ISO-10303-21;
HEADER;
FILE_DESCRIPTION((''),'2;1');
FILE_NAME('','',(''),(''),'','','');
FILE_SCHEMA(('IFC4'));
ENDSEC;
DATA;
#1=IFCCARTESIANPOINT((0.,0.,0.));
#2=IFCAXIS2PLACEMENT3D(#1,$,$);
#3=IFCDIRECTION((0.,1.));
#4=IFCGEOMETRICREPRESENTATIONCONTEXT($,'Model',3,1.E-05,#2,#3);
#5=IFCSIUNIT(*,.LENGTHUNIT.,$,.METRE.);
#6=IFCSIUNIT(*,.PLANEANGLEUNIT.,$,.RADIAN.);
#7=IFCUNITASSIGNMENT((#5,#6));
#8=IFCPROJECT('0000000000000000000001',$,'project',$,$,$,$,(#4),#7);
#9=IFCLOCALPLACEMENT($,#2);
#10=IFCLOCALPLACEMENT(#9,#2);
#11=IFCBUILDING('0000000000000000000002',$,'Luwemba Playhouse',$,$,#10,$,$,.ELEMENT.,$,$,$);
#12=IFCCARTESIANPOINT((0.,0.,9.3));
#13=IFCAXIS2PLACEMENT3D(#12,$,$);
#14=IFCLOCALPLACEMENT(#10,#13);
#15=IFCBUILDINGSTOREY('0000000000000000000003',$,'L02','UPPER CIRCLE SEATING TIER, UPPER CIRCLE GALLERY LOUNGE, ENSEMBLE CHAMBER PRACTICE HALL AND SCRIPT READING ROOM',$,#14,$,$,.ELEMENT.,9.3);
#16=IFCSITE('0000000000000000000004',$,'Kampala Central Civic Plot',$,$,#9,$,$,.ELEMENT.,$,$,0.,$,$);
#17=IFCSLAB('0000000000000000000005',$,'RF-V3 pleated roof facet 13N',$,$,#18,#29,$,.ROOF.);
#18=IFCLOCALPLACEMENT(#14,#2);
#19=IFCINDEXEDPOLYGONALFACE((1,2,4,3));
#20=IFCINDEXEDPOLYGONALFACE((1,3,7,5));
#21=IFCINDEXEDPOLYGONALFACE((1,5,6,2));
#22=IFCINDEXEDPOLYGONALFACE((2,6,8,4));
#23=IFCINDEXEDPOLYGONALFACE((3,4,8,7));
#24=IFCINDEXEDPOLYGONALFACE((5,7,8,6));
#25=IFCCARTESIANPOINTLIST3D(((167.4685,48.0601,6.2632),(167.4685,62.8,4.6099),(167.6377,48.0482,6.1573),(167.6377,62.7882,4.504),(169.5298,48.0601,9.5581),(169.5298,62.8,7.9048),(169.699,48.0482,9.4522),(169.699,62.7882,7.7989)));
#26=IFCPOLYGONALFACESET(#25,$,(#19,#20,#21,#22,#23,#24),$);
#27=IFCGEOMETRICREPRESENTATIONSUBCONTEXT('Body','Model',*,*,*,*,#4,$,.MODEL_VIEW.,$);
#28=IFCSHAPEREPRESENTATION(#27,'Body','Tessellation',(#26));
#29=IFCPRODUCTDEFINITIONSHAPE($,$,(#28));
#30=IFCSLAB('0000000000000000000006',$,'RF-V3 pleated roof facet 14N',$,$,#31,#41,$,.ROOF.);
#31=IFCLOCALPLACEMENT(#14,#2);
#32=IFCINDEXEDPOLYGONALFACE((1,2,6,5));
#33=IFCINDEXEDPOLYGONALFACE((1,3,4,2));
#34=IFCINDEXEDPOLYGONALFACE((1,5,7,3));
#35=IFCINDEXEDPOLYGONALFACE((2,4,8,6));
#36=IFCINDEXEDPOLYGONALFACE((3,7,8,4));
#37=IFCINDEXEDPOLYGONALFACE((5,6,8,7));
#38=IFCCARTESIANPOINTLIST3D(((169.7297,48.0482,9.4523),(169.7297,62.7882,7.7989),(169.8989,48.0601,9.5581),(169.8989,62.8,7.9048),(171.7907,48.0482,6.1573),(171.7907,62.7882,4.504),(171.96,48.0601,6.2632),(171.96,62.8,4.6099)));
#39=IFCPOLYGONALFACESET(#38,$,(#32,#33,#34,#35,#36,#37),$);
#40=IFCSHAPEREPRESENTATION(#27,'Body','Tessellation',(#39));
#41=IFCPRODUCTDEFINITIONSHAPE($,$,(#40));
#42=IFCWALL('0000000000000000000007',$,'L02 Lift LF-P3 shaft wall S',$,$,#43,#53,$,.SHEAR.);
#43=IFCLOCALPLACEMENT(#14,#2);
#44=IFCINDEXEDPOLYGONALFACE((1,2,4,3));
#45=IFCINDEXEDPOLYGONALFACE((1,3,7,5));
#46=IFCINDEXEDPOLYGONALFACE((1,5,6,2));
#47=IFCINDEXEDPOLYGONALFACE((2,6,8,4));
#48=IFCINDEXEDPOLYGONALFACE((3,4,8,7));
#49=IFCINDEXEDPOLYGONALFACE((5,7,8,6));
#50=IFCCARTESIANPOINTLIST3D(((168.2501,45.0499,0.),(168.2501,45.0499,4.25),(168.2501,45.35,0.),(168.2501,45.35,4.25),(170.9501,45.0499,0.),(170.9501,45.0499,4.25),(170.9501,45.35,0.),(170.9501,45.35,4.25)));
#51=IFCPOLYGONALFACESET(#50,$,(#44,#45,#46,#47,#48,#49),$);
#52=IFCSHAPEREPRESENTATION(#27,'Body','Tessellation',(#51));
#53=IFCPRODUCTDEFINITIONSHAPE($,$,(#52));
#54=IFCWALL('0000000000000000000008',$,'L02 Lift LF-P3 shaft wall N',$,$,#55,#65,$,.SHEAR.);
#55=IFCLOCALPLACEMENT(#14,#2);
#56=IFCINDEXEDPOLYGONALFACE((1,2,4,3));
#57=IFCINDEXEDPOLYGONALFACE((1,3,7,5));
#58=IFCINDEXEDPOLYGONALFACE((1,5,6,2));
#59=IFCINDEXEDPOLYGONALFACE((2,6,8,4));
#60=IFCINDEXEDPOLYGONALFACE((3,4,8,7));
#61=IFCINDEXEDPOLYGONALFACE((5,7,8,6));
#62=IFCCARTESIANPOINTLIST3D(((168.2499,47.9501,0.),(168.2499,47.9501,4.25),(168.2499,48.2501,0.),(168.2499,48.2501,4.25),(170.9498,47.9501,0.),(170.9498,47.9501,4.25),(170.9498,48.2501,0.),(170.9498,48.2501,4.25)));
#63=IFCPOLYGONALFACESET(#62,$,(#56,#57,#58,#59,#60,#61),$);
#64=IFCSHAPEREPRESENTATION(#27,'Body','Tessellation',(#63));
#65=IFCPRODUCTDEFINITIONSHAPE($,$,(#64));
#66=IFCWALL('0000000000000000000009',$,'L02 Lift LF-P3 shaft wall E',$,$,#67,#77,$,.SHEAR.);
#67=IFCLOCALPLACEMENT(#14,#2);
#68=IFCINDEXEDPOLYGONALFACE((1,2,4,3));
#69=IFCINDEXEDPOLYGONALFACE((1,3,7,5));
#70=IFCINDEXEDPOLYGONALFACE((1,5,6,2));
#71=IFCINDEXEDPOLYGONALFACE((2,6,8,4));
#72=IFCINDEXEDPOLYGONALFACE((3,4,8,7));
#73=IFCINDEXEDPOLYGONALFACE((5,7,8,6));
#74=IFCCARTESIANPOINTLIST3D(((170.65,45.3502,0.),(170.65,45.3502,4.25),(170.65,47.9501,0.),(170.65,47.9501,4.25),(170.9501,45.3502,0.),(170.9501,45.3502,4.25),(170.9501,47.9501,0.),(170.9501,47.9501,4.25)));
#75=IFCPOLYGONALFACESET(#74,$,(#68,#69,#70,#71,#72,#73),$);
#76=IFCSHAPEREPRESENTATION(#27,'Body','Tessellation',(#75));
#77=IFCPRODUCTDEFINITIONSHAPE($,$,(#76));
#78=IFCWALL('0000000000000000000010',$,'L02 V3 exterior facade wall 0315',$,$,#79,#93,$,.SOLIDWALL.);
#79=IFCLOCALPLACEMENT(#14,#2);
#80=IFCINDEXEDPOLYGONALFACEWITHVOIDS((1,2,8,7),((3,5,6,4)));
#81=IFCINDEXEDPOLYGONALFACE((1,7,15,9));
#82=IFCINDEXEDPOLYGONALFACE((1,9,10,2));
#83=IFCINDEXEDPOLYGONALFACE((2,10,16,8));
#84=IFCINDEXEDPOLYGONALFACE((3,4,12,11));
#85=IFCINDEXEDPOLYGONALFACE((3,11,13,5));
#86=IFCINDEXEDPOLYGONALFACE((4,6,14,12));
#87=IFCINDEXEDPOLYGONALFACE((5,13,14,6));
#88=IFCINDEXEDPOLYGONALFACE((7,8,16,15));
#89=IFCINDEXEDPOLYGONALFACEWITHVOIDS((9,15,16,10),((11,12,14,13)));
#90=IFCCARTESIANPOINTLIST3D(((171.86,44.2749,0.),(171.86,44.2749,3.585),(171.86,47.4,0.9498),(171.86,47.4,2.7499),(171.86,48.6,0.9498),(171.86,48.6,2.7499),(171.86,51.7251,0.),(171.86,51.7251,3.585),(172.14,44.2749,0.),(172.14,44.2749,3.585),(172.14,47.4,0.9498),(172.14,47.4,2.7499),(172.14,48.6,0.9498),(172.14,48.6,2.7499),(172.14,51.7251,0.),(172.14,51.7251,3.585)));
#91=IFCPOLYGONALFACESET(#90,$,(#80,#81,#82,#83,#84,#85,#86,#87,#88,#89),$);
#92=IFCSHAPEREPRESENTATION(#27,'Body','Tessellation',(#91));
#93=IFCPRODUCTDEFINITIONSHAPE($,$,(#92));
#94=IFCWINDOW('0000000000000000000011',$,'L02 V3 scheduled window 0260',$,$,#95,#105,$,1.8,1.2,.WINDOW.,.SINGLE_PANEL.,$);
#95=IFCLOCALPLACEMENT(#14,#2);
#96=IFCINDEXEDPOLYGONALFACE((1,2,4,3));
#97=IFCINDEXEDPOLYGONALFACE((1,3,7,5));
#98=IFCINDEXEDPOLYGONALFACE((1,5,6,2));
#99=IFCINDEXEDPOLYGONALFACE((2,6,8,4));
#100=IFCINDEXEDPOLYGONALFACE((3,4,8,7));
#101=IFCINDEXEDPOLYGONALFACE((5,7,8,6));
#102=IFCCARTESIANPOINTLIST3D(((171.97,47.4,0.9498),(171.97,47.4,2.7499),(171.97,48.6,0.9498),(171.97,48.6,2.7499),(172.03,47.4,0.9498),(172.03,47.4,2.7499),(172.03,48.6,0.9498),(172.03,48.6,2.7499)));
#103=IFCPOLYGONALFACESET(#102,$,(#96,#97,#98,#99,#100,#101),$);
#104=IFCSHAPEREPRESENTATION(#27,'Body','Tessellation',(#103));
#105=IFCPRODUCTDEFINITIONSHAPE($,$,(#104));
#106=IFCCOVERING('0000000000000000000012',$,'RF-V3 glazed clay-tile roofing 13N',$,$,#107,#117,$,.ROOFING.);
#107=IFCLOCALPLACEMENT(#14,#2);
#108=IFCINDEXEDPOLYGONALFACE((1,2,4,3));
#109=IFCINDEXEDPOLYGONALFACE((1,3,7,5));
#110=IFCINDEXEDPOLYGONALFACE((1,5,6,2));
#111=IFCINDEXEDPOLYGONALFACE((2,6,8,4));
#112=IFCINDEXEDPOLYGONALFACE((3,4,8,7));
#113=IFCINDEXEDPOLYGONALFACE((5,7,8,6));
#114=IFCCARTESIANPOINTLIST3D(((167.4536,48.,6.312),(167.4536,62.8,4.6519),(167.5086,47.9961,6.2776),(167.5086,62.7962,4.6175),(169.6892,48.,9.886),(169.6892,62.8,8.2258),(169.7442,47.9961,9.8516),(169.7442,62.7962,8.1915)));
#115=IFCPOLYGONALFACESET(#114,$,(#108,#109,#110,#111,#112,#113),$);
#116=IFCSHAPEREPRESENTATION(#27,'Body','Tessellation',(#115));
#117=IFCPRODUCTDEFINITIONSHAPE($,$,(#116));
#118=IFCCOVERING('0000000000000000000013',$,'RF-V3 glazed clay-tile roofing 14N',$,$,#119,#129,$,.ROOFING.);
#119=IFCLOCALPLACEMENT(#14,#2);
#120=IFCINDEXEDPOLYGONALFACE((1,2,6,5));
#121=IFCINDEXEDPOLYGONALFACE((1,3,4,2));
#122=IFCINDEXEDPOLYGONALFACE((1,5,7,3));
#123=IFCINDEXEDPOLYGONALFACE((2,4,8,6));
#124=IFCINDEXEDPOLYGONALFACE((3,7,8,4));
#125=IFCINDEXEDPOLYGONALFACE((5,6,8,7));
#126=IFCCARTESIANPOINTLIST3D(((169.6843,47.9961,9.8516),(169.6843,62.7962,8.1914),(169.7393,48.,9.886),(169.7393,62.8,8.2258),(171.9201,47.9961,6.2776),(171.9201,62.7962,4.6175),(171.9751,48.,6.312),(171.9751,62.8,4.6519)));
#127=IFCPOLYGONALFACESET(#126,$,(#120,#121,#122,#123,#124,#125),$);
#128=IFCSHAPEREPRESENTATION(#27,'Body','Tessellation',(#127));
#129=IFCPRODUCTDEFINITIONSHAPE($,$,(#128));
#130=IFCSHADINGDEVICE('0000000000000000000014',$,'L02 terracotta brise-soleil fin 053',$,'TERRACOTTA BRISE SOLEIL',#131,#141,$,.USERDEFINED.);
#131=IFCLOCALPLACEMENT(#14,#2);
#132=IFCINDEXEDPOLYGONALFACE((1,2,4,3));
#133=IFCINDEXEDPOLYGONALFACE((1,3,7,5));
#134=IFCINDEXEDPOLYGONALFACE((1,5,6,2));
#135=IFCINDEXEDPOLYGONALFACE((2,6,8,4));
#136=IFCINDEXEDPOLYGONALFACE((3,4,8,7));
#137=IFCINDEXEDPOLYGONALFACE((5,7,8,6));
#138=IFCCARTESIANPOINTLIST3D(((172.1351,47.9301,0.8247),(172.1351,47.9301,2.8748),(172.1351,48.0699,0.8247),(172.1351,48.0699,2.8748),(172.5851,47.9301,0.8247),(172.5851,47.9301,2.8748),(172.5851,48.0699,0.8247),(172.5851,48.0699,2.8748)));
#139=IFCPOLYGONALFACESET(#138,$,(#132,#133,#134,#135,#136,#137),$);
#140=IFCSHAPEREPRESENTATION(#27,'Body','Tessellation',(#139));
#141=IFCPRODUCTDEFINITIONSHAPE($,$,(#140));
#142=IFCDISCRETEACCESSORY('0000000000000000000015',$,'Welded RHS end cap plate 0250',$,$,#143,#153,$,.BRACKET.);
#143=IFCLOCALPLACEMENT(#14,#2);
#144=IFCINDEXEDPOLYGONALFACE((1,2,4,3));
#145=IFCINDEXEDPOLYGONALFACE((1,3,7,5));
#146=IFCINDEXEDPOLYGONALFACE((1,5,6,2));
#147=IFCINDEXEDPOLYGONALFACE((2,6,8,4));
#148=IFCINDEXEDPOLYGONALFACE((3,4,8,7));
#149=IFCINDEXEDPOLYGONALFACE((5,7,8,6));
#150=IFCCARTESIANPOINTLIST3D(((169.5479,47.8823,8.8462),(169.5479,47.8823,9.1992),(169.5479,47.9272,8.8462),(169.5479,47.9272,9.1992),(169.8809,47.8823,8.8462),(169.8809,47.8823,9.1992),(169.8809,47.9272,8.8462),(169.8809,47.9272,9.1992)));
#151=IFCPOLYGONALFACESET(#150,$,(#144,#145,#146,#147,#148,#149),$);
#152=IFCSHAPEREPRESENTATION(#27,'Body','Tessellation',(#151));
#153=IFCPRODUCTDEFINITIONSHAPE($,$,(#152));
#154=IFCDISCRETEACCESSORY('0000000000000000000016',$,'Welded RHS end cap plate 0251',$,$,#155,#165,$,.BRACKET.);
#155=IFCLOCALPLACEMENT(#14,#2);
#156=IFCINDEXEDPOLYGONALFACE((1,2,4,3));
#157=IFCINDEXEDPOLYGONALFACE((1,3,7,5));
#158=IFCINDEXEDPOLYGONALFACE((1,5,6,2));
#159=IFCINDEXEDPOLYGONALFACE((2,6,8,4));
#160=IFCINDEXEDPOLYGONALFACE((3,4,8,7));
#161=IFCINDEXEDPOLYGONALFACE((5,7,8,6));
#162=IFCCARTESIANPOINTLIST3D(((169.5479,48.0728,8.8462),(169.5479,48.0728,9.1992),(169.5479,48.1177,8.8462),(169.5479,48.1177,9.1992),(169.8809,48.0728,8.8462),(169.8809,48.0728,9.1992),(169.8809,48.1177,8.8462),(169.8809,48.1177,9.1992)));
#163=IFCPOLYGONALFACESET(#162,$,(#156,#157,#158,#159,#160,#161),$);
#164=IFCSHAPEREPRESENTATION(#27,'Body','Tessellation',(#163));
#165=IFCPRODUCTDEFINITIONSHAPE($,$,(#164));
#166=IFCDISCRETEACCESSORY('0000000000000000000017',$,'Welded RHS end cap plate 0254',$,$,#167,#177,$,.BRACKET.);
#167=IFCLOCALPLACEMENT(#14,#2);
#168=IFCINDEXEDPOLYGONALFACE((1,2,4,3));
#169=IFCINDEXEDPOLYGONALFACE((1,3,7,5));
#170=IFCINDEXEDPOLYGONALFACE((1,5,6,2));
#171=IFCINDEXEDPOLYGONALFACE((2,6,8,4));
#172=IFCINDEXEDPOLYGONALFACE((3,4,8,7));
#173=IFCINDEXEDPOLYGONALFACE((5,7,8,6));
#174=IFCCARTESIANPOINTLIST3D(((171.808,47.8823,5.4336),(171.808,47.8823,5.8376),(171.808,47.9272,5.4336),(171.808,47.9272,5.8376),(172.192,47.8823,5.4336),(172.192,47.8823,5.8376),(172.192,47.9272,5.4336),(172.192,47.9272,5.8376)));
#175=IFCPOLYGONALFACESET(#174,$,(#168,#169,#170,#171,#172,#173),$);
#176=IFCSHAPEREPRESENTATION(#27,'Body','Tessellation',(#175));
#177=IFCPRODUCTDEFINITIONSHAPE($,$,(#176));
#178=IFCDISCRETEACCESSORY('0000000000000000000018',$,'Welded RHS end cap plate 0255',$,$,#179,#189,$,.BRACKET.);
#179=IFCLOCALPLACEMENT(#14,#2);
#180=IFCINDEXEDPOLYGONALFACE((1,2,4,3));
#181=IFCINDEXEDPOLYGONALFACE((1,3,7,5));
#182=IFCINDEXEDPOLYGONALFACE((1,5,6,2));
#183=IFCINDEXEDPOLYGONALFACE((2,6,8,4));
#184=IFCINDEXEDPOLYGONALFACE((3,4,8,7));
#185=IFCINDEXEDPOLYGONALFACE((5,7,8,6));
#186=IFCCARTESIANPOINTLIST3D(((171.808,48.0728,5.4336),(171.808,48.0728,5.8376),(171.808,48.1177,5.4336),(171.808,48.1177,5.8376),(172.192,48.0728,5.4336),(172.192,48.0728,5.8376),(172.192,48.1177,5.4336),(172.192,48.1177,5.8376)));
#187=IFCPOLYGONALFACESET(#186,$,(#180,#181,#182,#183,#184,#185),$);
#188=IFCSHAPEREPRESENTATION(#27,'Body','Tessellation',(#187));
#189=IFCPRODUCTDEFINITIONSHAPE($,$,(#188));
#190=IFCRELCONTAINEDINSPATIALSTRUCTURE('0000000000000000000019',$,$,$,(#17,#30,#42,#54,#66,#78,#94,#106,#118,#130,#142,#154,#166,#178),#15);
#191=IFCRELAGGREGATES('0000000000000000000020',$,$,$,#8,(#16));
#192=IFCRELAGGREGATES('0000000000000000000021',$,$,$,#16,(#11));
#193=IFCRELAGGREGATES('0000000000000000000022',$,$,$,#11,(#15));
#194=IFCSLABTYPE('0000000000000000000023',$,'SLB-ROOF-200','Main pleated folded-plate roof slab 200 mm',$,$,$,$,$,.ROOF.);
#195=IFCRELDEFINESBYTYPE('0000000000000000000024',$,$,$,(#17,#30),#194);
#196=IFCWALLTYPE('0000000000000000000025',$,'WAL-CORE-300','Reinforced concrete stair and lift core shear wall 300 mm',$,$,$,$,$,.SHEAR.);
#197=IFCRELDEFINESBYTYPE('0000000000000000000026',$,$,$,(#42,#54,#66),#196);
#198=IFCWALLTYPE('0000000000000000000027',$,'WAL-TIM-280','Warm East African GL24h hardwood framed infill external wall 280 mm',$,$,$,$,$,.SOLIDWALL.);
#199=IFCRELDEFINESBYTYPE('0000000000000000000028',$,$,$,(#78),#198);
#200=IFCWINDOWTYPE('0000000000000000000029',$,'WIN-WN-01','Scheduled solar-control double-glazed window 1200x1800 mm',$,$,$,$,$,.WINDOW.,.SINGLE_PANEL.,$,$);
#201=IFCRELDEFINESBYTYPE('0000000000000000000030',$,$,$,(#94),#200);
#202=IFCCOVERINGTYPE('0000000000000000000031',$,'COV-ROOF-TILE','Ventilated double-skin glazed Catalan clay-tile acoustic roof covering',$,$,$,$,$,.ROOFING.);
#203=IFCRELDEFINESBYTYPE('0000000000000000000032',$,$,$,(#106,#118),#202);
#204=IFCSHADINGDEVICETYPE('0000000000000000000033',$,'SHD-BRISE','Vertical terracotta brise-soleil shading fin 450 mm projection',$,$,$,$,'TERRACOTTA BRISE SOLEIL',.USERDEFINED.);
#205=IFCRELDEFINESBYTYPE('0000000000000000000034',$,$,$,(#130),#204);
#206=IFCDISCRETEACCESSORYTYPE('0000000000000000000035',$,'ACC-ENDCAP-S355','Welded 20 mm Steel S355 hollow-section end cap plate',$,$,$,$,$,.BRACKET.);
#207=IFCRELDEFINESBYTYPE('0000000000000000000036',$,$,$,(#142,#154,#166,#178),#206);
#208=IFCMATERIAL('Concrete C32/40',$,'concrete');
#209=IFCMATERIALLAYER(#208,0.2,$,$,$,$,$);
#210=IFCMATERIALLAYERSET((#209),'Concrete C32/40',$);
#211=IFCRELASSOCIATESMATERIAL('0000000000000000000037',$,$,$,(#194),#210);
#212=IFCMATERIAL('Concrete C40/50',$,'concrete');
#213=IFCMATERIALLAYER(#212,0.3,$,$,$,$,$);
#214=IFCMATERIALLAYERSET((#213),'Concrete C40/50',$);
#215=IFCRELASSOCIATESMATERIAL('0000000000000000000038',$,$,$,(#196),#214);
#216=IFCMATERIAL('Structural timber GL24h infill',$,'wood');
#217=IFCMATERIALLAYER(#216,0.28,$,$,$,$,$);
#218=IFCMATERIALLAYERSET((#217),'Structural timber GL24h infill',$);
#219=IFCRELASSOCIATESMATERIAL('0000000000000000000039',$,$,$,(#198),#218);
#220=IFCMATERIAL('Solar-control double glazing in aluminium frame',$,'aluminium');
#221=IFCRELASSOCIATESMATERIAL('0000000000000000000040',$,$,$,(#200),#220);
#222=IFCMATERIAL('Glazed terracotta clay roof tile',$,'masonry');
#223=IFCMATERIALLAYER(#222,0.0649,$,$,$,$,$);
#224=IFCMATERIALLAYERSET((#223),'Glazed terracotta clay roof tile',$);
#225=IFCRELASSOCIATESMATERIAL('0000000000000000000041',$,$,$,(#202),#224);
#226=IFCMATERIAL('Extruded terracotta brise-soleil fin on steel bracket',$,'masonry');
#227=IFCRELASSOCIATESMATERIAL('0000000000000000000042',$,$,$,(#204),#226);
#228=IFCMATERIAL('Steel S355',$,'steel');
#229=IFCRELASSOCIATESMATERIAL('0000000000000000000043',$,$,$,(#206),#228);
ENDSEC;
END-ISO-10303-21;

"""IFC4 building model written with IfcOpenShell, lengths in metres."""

from ifc_helpers import new_model, si_unit, direction, frame, frame_2d, origin, origin_2d, place, context, subcontext, project, spatial, polyline, rectangle, outline, extrude, material, layer, layer_set, type_object, element, fill, save


model = new_model("IFC4")

# Units and contexts
model_context = context("Model", 3, precision=1e-05, world=origin(), true_north=direction((0.0, 1.0)))
body_context = subcontext(model_context, "Body", "Model", "MODEL_VIEW")
ifc_project = project(units=[si_unit("LENGTHUNIT", "METRE"), si_unit("PLANEANGLEUNIT", "RADIAN")], contexts=[model_context])

# Site, building, storey
site_placement = place(None, origin())
site = spatial("IfcSite", under=ifc_project, at=site_placement, Name="Kampala Central Civic Plot", CompositionType="ELEMENT", RefElevation=0.0)
building_placement = place(site_placement, origin())
building = spatial("IfcBuilding", under=site, at=building_placement, Name="Luwemba Playhouse", CompositionType="ELEMENT")
storey_placement = place(building_placement, frame((0.0, 0.0, 9.3)))
storey = spatial("IfcBuildingStorey", under=building, at=storey_placement, Name="L02", Description="UPPER CIRCLE SEATING TIER, UPPER CIRCLE GALLERY LOUNGE, ENSEMBLE CHAMBER PRACTICE HALL AND SCRIPT READING ROOM", CompositionType="ELEMENT", Elevation=9.3)

# Shared definitions
ifc_material_1 = material(Name="Concrete C40/50", Category="concrete")

# Shared definitions
ifc_material_2 = material(Name="Steel S355", Category="steel")

# Slabs
ifc_material_3 = material(Name="Concrete C32/40", Category="concrete")
ifc_layer_1 = layer(ifc_material_3, 0.2)
ifc_layer_set_1 = layer_set([ifc_layer_1], Name="Concrete C32/40")
slab_type = type_object("IfcSlabType", Name="SLB-ROOF-200", Description="Main pleated folded-plate roof slab 200 mm", PredefinedType="ROOF", material=ifc_layer_set_1)
slab_1_placement = place(storey_placement, frame((167.4685, 48.0601, 6.2632), z_axis=(-0.846276, 0.059383, 0.529424), x_axis=(0.53036, 0.0, 0.847772)))
element("IfcSlab", 1, at=slab_1_placement, inside=storey, type_object=slab_type, Name="RF-V3 pleated roof facet 13N", PredefinedType="ROOF", context=body_context, shape_type="SweptSolid", body=[
    extrude(outline(polyline([(0.0, 0.0), (3.8866, 0.0), (2.4849, 14.766), (-1.4016, 14.766), (0.0, 0.0)])), origin(), (0.0, 0.0, -1.0), 0.2),
])
slab_2_placement = place(storey_placement, frame((169.8989, 48.0601, 9.5581), z_axis=(0.846305, 0.059378, 0.529379), x_axis=(0.530315, 0.0, -0.847801)))
element("IfcSlab", 2, at=slab_2_placement, inside=storey, type_object=slab_type, Name="RF-V3 pleated roof facet 14N", PredefinedType="ROOF", context=body_context, shape_type="SweptSolid", body=[
    extrude(outline(polyline([(0.0, 0.0), (3.8864, 0.0), (5.2881, 14.766), (1.4017, 14.766), (0.0, 0.0)])), origin(), (0.0, 0.0, -1.0), 0.2),
])

# Walls
ifc_layer_2 = layer(ifc_material_1, 0.3)
ifc_layer_set_2 = layer_set([ifc_layer_2], Name="Concrete C40/50")
wall_type_1 = type_object("IfcWallType", Name="WAL-CORE-300", Description="Reinforced concrete stair and lift core shear wall 300 mm", PredefinedType="SHEAR", material=ifc_layer_set_2)
for number, where, z_axis, x_axis, name in (
    (3, (168.25, 45.2, 0.0), (0.0, 0.0, 1.0), (1.0, 0.0, 0.0), "L02 Lift LF-P3 shaft wall S"),
    (4, (170.95, 48.1001, 0.0), (0.0, 0.0, 1.0), (-1.0, 0.0, 0.0), "L02 Lift LF-P3 shaft wall N"),
):
    element("IfcWall", number, at=place(storey_placement, frame(where, z_axis=z_axis, x_axis=x_axis)), inside=storey, type_object=wall_type_1, Name=name, PredefinedType="SHEAR", context=body_context, shape_type="SweptSolid", body=[
        extrude(rectangle(XDim=2.7, YDim=0.3, at=frame_2d((1.3501, 0.0))), origin(), (0.0, 0.0, 1.0), 4.25),
    ])

# Wall
wall_1_placement = place(storey_placement, frame((170.8, 47.95, 0.0), z_axis=(0.0, 0.0, 1.0), x_axis=(0.0, -1.0, 0.0)))
element("IfcWall", 5, at=wall_1_placement, inside=storey, type_object=wall_type_1, Name="L02 Lift LF-P3 shaft wall E", PredefinedType="SHEAR", context=body_context, shape_type="SweptSolid", body=[
    extrude(rectangle(XDim=2.5999, YDim=0.3, at=frame_2d((1.2998, 0.0))), origin(), (0.0, 0.0, 1.0), 4.25),
])

# Wall, opening, window
ifc_material_4 = material(Name="Structural timber GL24h infill", Category="wood")
ifc_layer_3 = layer(ifc_material_4, 0.28)
ifc_layer_set_3 = layer_set([ifc_layer_3], Name="Structural timber GL24h infill")
wall_type_2 = type_object("IfcWallType", Name="WAL-TIM-280", Description="Warm East African GL24h hardwood framed infill external wall 280 mm", PredefinedType="SOLIDWALL", material=ifc_layer_set_3)
wall_2_placement = place(storey_placement, frame((172.0, 51.7251, 0.0), z_axis=(0.0, 0.0, 1.0), x_axis=(0.0, -1.0, 0.0)))
wall_2 = element("IfcWall", 6, at=wall_2_placement, inside=storey, type_object=wall_type_2, Name="L02 V3 exterior facade wall 0315", PredefinedType="SOLIDWALL", context=body_context, shape_type="SweptSolid", body=[
    extrude(rectangle(XDim=7.4502, YDim=0.28, at=frame_2d((3.7251, 0.0))), origin(), (0.0, 0.0, 1.0), 3.585),
])
opening_1_placement = place(wall_2_placement, frame((3.125, 0.0, 0.95)))
opening_1 = element("IfcOpeningElement", 7, at=opening_1_placement, cuts=wall_2, PredefinedType="OPENING", context=body_context, shape_type="SweptSolid", body=[
    extrude(rectangle(XDim=1.2, YDim=1.8, at=frame_2d((0.6001, 0.8999))), frame((0.0, 0.1499, 0.0), z_axis=(0.0, -1.0, 0.0), x_axis=(1.0, 0.0, 0.0)), (0.0, 0.0, 1.0), 0.3),
])
ifc_material_5 = material(Name="Solar-control double glazing in aluminium frame", Category="aluminium")
window_type = type_object("IfcWindowType", Name="WIN-WN-01", Description="Scheduled solar-control double-glazed window 1200x1800 mm", PartitioningType="SINGLE_PANEL", PredefinedType="WINDOW", material=ifc_material_5)
window_placement = place(opening_1_placement, origin())
window = element("IfcWindow", 8, at=window_placement, inside=storey, type_object=window_type, Name="L02 V3 scheduled window 0260", OverallHeight=1.8, OverallWidth=1.2, PartitioningType="SINGLE_PANEL", PredefinedType="WINDOW", context=body_context, shape_type="SweptSolid", body=[
    extrude(rectangle(XDim=1.2, YDim=1.8, at=frame_2d((0.6001, 0.8999))), frame((0.0, 0.03, 0.0), z_axis=(0.0, -1.0, 0.0), x_axis=(1.0, 0.0, 0.0)), (0.0, 0.0, 1.0), 0.0601),
])
fill(opening_1, window)

# Coverings
ifc_material_6 = material(Name="Glazed terracotta clay roof tile", Category="masonry")
ifc_layer_4 = layer(ifc_material_6, 0.0649)
ifc_layer_set_4 = layer_set([ifc_layer_4], Name="Glazed terracotta clay roof tile")
covering_type = type_object("IfcCoveringType", Name="COV-ROOF-TILE", Description="Ventilated double-skin glazed Catalan clay-tile acoustic roof covering", PredefinedType="ROOFING", material=ifc_layer_set_4)
covering_1_placement = place(storey_placement, frame((167.4536, 48.0, 6.312), z_axis=(-0.846304, 0.059382, 0.529381), x_axis=(0.530316, 0.0, 0.8478)))
element("IfcCovering", 9, at=covering_1_placement, inside=storey, type_object=covering_type, Name="RF-V3 glazed clay-tile roofing 13N", PredefinedType="ROOFING", context=body_context, shape_type="SweptSolid", body=[
    extrude(outline(polyline([(0.0, 0.0), (4.2156, 0.0), (2.8081, 14.8262), (-1.4075, 14.8262), (0.0, 0.0)])), origin(), (0.0, 0.0, -1.0), 0.0649),
])
covering_2_placement = place(storey_placement, frame((169.7393, 48.0, 9.886), z_axis=(0.846277, 0.059387, 0.529422), x_axis=(0.530358, 0.0, -0.847774)))
element("IfcCovering", 10, at=covering_2_placement, inside=storey, type_object=covering_type, Name="RF-V3 glazed clay-tile roofing 14N", PredefinedType="ROOFING", context=body_context, shape_type="SweptSolid", body=[
    extrude(outline(polyline([(0.0, 0.0), (4.2157, 0.0), (5.6232, 14.8262), (1.4074, 14.8262), (0.0, 0.0)])), origin(), (0.0, 0.0, -1.0), 0.0649),
])

# Shading device
ifc_material_7 = material(Name="Extruded terracotta brise-soleil fin on steel bracket", Category="masonry")
shading_device_type = type_object("IfcShadingDeviceType", Name="SHD-BRISE", Description="Vertical terracotta brise-soleil shading fin 450 mm projection", ElementType="TERRACOTTA BRISE SOLEIL", PredefinedType="USERDEFINED", material=ifc_material_7)
shading_device_placement = place(storey_placement, frame((172.3601, 48.0, 0.8247), z_axis=(0.0, 0.0, 1.0), x_axis=(0.0, -1.0, 0.0)))
element("IfcShadingDevice", 11, at=shading_device_placement, inside=storey, type_object=shading_device_type, Name="L02 terracotta brise-soleil fin 053", ObjectType="TERRACOTTA BRISE SOLEIL", PredefinedType="USERDEFINED", context=body_context, shape_type="SweptSolid", body=[
    extrude(rectangle(XDim=0.1399, YDim=0.45, at=origin_2d()), origin(), (0.0, 0.0, 1.0), 2.05),
])

# Discrete accessories
discrete_accessory_type = type_object("IfcDiscreteAccessoryType", Name="ACC-ENDCAP-S355", Description="Welded 20 mm Steel S355 hollow-section end cap plate", PredefinedType="BRACKET", material=ifc_material_2)
for number, where, z_axis, x_axis, name in (
    (12, (169.7144, 47.9048, 8.8462), (0.0, 0.0, 1.0), (1.0, 0.0, 0.0), "Welded RHS end cap plate 0250"),
    (13, (169.7144, 48.0952, 8.8462), (0.0, 0.0, 1.0), (1.0, 0.0, 0.0), "Welded RHS end cap plate 0251"),
):
    element("IfcDiscreteAccessory", number, at=place(storey_placement, frame(where, z_axis=z_axis, x_axis=x_axis)), inside=storey, type_object=discrete_accessory_type, Name=name, PredefinedType="BRACKET", context=body_context, shape_type="SweptSolid", body=[
        extrude(rectangle(XDim=0.333, YDim=0.0449, at=origin_2d()), origin(), (0.0, 0.0, 1.0), 0.353),
    ])
for number, where, z_axis, x_axis, name in (
    (14, (172.0, 47.9048, 5.4336), (0.0, 0.0, 1.0), (1.0, 0.0, 0.0), "Welded RHS end cap plate 0254"),
    (15, (172.0, 48.0952, 5.4336), (0.0, 0.0, 1.0), (1.0, 0.0, 0.0), "Welded RHS end cap plate 0255"),
):
    element("IfcDiscreteAccessory", number, at=place(storey_placement, frame(where, z_axis=z_axis, x_axis=x_axis)), inside=storey, type_object=discrete_accessory_type, Name=name, PredefinedType="BRACKET", context=body_context, shape_type="SweptSolid", body=[
        extrude(rectangle(XDim=0.384, YDim=0.0449, at=origin_2d()), origin(), (0.0, 0.0, 1.0), 0.4041),
    ])

save(model, "model.ifc")
